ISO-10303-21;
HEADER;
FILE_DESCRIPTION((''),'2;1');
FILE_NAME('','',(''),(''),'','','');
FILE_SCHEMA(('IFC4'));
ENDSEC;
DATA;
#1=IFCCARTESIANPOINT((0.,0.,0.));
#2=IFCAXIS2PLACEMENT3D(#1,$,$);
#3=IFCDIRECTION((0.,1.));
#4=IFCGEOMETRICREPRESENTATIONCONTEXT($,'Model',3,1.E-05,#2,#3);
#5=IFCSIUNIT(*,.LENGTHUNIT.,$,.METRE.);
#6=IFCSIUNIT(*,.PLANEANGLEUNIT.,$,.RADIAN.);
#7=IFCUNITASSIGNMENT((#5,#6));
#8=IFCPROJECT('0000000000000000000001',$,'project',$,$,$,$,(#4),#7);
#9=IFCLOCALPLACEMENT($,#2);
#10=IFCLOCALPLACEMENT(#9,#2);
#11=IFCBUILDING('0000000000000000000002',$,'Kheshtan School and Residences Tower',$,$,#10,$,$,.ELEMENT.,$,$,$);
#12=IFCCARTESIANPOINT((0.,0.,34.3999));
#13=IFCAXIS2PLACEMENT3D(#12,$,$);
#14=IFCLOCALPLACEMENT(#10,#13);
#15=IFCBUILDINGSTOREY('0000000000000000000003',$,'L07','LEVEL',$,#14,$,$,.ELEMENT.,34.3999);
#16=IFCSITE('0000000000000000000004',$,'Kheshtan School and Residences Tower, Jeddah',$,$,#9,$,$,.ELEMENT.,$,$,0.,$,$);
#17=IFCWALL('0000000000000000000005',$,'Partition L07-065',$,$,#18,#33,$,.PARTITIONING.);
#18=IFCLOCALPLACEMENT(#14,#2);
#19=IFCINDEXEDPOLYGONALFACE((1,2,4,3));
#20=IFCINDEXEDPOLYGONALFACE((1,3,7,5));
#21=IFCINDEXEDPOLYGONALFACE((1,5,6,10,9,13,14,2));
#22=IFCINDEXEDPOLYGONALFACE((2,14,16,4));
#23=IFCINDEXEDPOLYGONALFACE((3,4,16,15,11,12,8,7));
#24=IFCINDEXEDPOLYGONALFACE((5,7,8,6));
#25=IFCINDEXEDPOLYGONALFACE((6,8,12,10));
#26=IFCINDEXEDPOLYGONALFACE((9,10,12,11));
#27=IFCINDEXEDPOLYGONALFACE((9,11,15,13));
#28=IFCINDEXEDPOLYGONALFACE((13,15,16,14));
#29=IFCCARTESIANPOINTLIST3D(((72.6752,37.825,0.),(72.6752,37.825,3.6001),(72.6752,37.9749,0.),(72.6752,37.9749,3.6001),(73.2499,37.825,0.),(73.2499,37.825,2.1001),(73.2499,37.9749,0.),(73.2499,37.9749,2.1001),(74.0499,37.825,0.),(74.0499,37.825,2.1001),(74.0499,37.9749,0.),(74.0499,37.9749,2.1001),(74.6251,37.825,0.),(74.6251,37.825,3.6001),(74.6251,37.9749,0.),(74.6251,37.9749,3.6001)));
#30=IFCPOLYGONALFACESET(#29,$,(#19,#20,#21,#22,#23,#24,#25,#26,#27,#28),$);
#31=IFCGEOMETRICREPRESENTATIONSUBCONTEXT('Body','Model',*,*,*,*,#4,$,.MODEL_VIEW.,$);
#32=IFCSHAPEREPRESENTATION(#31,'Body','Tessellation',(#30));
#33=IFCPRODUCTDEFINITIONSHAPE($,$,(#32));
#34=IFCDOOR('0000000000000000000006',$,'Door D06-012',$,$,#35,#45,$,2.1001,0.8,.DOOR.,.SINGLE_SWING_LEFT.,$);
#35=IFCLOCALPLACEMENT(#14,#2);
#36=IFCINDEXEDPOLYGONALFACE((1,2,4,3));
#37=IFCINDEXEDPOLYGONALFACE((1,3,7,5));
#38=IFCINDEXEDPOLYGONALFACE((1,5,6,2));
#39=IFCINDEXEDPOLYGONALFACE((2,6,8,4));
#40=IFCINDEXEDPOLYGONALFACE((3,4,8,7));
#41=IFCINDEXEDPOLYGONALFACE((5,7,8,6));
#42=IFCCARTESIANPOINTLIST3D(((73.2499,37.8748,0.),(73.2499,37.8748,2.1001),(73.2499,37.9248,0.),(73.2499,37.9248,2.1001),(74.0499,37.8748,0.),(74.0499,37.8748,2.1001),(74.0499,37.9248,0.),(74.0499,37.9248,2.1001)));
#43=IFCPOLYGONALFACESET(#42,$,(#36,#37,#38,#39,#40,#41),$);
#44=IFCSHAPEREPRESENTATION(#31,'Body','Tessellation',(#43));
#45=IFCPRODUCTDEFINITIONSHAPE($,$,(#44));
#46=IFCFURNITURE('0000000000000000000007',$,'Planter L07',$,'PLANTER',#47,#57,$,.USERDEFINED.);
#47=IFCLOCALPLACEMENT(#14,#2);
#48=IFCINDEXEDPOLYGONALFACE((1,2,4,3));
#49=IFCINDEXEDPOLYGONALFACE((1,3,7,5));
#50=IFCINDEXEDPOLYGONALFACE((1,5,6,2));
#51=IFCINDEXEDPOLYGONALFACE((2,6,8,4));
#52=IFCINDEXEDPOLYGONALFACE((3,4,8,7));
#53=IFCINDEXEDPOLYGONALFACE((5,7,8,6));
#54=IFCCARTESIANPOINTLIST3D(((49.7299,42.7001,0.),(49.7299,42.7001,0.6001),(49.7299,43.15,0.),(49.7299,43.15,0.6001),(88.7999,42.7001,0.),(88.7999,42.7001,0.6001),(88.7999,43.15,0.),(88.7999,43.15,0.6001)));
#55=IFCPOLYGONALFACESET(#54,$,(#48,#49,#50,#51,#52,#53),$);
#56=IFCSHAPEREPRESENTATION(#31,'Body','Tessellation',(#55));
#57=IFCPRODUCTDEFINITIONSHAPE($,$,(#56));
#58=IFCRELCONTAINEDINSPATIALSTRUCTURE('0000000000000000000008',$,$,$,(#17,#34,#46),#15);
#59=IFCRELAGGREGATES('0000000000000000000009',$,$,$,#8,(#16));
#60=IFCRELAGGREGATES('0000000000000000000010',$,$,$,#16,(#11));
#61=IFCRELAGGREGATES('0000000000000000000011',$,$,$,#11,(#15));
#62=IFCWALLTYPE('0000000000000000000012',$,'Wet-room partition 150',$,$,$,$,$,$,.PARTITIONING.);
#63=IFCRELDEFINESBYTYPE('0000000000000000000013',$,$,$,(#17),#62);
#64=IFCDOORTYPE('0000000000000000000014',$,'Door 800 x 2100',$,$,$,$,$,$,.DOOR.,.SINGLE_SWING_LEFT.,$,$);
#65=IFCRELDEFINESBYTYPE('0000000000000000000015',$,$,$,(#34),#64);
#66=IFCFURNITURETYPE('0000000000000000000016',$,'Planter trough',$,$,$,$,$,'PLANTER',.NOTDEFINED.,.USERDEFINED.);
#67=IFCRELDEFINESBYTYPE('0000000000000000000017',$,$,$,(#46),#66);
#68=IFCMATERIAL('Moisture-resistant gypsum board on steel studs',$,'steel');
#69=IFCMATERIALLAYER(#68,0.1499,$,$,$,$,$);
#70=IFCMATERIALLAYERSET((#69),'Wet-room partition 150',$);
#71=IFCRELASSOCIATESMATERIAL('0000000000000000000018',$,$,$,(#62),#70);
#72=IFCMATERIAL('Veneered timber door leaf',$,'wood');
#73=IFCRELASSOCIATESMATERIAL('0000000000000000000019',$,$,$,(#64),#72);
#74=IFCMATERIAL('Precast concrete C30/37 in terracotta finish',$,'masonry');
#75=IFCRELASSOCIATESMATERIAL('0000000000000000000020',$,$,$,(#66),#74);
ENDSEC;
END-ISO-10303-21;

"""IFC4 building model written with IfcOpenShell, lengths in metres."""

from ifc_helpers import new_model, si_unit, direction, frame, frame_2d, origin, origin_2d, place, context, subcontext, project, spatial, rectangle, extrude, source, transform, mapped, material, layer, layer_set, type_object, element, fill, save


model = new_model("IFC4")

# Units and contexts
model_context = context("Model", 3, precision=1e-05, world=origin(), true_north=direction((0.0, 1.0)))
body_context = subcontext(model_context, "Body", "Model", "MODEL_VIEW")
ifc_project = project(units=[si_unit("LENGTHUNIT", "METRE"), si_unit("PLANEANGLEUNIT", "RADIAN")], contexts=[model_context])

# Site, building, storey
site_placement = place(None, origin())
site = spatial("IfcSite", under=ifc_project, at=site_placement, Name="Kheshtan School and Residences Tower, Jeddah", CompositionType="ELEMENT", RefElevation=0.0)
building_placement = place(site_placement, origin())
building = spatial("IfcBuilding", under=site, at=building_placement, Name="Kheshtan School and Residences Tower", CompositionType="ELEMENT")
storey_placement = place(building_placement, frame((0.0, 0.0, 34.3999)))
storey = spatial("IfcBuildingStorey", under=building, at=storey_placement, Name="L07", Description="LEVEL", CompositionType="ELEMENT", Elevation=34.3999)

# Wall, opening, door
ifc_material_1 = material(Name="Moisture-resistant gypsum board on steel studs", Category="steel")
ifc_layer_1 = layer(ifc_material_1, 0.1499)
ifc_layer_set_1 = layer_set([ifc_layer_1], Name="Wet-room partition 150")
wall_type_1 = type_object("IfcWallType", Name="Wet-room partition 150", PredefinedType="PARTITIONING", material=ifc_layer_set_1)
wall_1_placement = place(storey_placement, frame((72.675, 37.8999, 0.0), z_axis=(0.0, 0.0, 1.0), x_axis=(1.0, 0.0, 0.0)))
wall_1 = element("IfcWall", 1, at=wall_1_placement, inside=storey, type_object=wall_type_1, Name="Partition L07-065", PredefinedType="PARTITIONING", context=body_context, shape_type="SweptSolid", body=[
    extrude(rectangle(XDim=1.95, YDim=0.1499, at=frame_2d((0.9751, 0.0))), origin(), (0.0, 0.0, 1.0), 3.6001),
])
opening_1_placement = place(wall_1_placement, frame((0.575, 0.0, 0.0)))
opening_1 = element("IfcOpeningElement", 2, at=opening_1_placement, cuts=wall_1, PredefinedType="OPENING", context=body_context, shape_type="SweptSolid", body=[
    extrude(rectangle(XDim=0.8, YDim=2.1001, at=frame_2d((0.3999, 1.05))), frame((0.0, 0.085, 0.0), z_axis=(0.0, -1.0, 0.0), x_axis=(1.0, 0.0, 0.0)), (0.0, 0.0, 1.0), 0.1699),
])
ifc_material_2 = material(Name="Veneered timber door leaf", Category="wood")
door_type_1 = type_object("IfcDoorType", Name="Door 800 x 2100", OperationType="SINGLE_SWING_LEFT", PredefinedType="DOOR", material=ifc_material_2)
shared_shape_1 = source(origin(), body_context, "Body", "SweptSolid", [
    extrude(rectangle(XDim=0.8, YDim=2.1001, at=frame_2d((0.3999, 1.05))), frame((0.0, 0.0249, 0.0), z_axis=(0.0, -1.0, 0.0), x_axis=(1.0, 0.0, 0.0)), (0.0, 0.0, 1.0), 0.05),
])
door_1_placement = place(opening_1_placement, origin())
door_1 = element("IfcDoor", 3, at=door_1_placement, inside=storey, type_object=door_type_1, Name="Door D06-012", OperationType="SINGLE_SWING_LEFT", OverallHeight=2.1001, OverallWidth=0.8, PredefinedType="DOOR", context=body_context, shape_type="MappedRepresentation", body=[
    mapped(shared_shape_1, transform((0.0, 0.0, 0.0), x_axis=(1.0, 0.0, 0.0), y_axis=(0.0, 1.0, 0.0), z_axis=(0.0, 0.0, 1.0), scale=1.0)),
])
fill(opening_1, door_1)

# Furniture
ifc_material_3 = material(Name="Precast concrete C30/37 in terracotta finish", Category="masonry")
furniture_type = type_object("IfcFurnitureType", Name="Planter trough", ElementType="PLANTER", AssemblyPlace="NOTDEFINED", PredefinedType="USERDEFINED", material=ifc_material_3)
furniture_placement = place(storey_placement, frame((69.2649, 42.925, 0.0), z_axis=(0.0, 0.0, 1.0), x_axis=(1.0, 0.0, 0.0)))
element("IfcFurniture", 4, at=furniture_placement, inside=storey, type_object=furniture_type, Name="Planter L07", ObjectType="PLANTER", PredefinedType="USERDEFINED", context=body_context, shape_type="SweptSolid", body=[
    extrude(rectangle(XDim=39.0701, YDim=0.45, at=origin_2d()), origin(), (0.0, 0.0, 1.0), 0.6001),
])

save(model, "model.ifc")
